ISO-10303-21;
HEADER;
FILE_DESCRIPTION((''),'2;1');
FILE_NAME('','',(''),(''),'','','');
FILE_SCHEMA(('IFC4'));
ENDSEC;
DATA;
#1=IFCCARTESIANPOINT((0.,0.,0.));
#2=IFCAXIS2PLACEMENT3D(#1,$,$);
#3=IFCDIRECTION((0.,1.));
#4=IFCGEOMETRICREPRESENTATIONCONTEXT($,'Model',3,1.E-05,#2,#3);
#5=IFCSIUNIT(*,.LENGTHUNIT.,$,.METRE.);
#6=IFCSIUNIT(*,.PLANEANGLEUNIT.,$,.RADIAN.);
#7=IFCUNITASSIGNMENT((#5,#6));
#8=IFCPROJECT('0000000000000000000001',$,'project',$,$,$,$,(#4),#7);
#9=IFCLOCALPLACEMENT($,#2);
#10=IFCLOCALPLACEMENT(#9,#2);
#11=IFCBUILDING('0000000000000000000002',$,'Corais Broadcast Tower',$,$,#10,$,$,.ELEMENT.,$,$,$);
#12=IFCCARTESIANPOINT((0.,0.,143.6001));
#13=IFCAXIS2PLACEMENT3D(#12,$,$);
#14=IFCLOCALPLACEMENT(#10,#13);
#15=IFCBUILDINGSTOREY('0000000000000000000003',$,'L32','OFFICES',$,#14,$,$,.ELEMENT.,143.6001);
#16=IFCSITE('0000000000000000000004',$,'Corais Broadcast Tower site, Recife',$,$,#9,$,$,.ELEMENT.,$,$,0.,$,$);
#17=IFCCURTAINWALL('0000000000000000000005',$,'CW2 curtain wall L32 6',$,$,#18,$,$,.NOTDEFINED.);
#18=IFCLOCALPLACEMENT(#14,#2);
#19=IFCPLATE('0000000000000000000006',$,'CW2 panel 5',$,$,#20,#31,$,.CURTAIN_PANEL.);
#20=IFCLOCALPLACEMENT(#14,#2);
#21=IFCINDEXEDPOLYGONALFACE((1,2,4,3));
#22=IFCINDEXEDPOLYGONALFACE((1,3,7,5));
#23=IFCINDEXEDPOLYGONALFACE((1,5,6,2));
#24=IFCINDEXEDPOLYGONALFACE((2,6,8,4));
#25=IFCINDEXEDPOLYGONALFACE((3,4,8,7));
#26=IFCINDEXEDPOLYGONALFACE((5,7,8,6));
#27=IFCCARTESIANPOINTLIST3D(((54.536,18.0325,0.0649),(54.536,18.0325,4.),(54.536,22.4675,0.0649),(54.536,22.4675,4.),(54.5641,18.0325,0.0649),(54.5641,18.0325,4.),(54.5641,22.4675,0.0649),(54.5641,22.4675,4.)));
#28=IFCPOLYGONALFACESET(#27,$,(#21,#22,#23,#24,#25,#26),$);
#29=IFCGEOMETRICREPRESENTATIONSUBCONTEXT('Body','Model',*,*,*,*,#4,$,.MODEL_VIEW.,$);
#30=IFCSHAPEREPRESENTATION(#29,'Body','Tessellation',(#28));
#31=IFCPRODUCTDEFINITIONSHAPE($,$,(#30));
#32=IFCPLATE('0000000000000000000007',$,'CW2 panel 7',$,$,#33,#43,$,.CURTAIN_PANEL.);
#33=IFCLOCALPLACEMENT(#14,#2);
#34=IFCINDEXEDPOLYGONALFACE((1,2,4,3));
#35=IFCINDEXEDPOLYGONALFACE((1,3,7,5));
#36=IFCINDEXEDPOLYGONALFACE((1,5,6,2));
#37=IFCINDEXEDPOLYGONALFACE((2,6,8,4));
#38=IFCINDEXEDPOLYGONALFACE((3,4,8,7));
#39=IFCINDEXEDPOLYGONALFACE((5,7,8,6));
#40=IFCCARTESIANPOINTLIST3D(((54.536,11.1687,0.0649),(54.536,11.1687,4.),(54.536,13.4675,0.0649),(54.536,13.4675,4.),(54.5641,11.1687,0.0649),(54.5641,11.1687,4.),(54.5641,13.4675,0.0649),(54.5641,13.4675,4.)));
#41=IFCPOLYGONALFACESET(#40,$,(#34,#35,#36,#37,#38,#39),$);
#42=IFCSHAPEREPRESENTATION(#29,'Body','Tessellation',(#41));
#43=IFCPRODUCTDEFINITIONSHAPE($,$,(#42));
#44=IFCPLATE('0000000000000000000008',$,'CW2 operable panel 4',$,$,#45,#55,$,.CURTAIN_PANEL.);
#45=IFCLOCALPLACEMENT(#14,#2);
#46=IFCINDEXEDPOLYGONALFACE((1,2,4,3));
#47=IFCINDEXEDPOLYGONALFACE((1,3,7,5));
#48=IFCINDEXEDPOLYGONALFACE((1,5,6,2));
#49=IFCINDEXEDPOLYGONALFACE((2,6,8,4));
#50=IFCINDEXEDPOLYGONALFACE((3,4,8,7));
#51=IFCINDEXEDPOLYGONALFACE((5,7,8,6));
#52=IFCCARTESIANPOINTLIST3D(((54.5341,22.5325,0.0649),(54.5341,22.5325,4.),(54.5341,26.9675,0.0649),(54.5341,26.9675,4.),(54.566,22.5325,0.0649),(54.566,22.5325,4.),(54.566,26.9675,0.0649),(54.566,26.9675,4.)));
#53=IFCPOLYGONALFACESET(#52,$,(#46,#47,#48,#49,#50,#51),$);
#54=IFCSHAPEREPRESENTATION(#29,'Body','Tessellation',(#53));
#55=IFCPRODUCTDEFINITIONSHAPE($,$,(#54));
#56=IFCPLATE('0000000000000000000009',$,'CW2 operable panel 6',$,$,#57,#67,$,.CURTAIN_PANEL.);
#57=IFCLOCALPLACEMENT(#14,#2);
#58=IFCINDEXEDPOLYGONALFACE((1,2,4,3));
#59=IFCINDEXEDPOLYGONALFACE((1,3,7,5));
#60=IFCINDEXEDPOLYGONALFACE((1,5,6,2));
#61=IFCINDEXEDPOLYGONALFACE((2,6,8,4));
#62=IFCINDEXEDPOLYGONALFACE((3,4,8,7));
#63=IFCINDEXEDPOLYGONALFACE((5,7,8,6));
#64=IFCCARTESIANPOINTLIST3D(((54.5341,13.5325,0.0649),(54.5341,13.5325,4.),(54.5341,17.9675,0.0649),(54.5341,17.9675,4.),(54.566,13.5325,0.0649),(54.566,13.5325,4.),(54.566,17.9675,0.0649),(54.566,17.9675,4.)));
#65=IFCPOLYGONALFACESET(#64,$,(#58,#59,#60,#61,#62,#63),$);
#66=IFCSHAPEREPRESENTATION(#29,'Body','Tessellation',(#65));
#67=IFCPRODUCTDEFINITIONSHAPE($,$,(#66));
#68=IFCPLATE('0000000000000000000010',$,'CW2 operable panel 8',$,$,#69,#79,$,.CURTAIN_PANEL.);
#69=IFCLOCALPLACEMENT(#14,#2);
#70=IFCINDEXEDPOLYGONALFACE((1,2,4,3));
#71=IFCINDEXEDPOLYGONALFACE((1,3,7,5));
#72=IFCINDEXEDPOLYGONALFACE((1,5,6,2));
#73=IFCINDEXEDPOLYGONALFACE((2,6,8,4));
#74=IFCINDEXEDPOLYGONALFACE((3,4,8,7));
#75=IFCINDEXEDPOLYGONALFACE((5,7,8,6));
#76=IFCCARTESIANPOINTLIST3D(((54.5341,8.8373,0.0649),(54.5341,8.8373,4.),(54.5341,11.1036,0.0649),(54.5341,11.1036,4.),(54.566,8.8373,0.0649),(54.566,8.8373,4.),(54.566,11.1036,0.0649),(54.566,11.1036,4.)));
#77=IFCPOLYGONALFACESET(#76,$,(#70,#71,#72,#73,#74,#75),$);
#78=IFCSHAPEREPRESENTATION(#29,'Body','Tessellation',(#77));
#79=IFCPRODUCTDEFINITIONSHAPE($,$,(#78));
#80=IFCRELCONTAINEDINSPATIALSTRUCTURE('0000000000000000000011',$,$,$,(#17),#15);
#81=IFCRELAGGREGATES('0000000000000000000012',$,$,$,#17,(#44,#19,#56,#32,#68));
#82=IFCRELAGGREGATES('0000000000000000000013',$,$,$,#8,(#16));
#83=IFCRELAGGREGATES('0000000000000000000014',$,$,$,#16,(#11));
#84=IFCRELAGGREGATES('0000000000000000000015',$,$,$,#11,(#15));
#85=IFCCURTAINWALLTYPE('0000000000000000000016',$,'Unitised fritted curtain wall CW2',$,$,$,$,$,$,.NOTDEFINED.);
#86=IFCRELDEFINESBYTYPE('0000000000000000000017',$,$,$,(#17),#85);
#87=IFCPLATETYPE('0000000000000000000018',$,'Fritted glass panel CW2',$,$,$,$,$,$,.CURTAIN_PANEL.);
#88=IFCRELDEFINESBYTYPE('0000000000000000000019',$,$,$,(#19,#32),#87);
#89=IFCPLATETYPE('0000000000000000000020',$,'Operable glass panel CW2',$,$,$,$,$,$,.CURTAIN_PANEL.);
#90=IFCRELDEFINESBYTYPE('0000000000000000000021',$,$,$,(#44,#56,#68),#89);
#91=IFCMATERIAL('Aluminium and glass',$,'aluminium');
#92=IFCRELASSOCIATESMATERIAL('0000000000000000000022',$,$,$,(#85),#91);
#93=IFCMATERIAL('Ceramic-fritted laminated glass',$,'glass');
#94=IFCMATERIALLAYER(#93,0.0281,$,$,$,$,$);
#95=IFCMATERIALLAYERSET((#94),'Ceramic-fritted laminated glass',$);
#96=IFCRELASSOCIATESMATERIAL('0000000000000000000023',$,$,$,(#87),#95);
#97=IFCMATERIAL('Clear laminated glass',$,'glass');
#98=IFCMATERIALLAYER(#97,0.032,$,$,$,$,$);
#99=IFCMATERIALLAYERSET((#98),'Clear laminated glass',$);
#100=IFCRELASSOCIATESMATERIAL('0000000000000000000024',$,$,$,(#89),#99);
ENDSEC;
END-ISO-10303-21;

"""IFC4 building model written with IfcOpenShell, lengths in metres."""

from ifc_helpers import new_model, si_unit, direction, frame, origin, origin_2d, place, context, subcontext, project, spatial, rectangle, extrude, material, layer, layer_set, type_object, element, aggregate, save


model = new_model("IFC4")

# Units and contexts
model_context = context("Model", 3, precision=1e-05, world=origin(), true_north=direction((0.0, 1.0)))
body_context = subcontext(model_context, "Body", "Model", "MODEL_VIEW")
ifc_project = project(units=[si_unit("LENGTHUNIT", "METRE"), si_unit("PLANEANGLEUNIT", "RADIAN")], contexts=[model_context])

# Site, building, storey
site_placement = place(None, origin())
site = spatial("IfcSite", under=ifc_project, at=site_placement, Name="Corais Broadcast Tower site, Recife", CompositionType="ELEMENT", RefElevation=0.0)
building_placement = place(site_placement, origin())
building = spatial("IfcBuilding", under=site, at=building_placement, Name="Corais Broadcast Tower", CompositionType="ELEMENT")
storey_placement = place(building_placement, frame((0.0, 0.0, 143.6001)))
storey = spatial("IfcBuildingStorey", under=building, at=storey_placement, Name="L32", Description="OFFICES", CompositionType="ELEMENT", Elevation=143.6001)

# Curtain wall
ifc_material_1 = material(Name="Aluminium and glass", Category="aluminium")
curtain_wall_type = type_object("IfcCurtainWallType", Name="Unitised fritted curtain wall CW2", PredefinedType="NOTDEFINED", material=ifc_material_1)
curtain_wall_placement = place(storey_placement, origin())
curtain_wall = element("IfcCurtainWall", 1, at=curtain_wall_placement, inside=storey, type_object=curtain_wall_type, Name="CW2 curtain wall L32 6", PredefinedType="NOTDEFINED")

# Plates
ifc_material_2 = material(Name="Ceramic-fritted laminated glass", Category="glass")
ifc_layer_1 = layer(ifc_material_2, 0.0281)
ifc_layer_set_1 = layer_set([ifc_layer_1], Name="Ceramic-fritted laminated glass")
plate_type_1 = type_object("IfcPlateType", Name="Fritted glass panel CW2", PredefinedType="CURTAIN_PANEL", material=ifc_layer_set_1)
plate_1_placement = place(storey_placement, frame((54.55, 20.25, 0.0649), z_axis=(0.0, 0.0, 1.0), x_axis=(0.0, -1.0, 0.0)))
plate_1 = element("IfcPlate", 2, at=plate_1_placement, type_object=plate_type_1, Name="CW2 panel 5", PredefinedType="CURTAIN_PANEL", context=body_context, shape_type="SweptSolid", body=[
    extrude(rectangle(XDim=4.4351, YDim=0.0281, at=origin_2d()), origin(), (0.0, 0.0, 1.0), 3.9351),
])
plate_2_placement = place(storey_placement, frame((54.55, 12.3181, 0.0649), z_axis=(0.0, 0.0, 1.0), x_axis=(0.0, -1.0, 0.0)))
plate_2 = element("IfcPlate", 3, at=plate_2_placement, type_object=plate_type_1, Name="CW2 panel 7", PredefinedType="CURTAIN_PANEL", context=body_context, shape_type="SweptSolid", body=[
    extrude(rectangle(XDim=2.2988, YDim=0.0281, at=origin_2d()), origin(), (0.0, 0.0, 1.0), 3.9351),
])
ifc_material_3 = material(Name="Clear laminated glass", Category="glass")
ifc_layer_2 = layer(ifc_material_3, 0.032)
ifc_layer_set_2 = layer_set([ifc_layer_2], Name="Clear laminated glass")
plate_type_2 = type_object("IfcPlateType", Name="Operable glass panel CW2", PredefinedType="CURTAIN_PANEL", material=ifc_layer_set_2)
plate_3_placement = place(storey_placement, frame((54.55, 24.75, 0.0649), z_axis=(0.0, 0.0, 1.0), x_axis=(0.0, -1.0, 0.0)))
plate_3 = element("IfcPlate", 4, at=plate_3_placement, type_object=plate_type_2, Name="CW2 operable panel 4", PredefinedType="CURTAIN_PANEL", context=body_context, shape_type="SweptSolid", body=[
    extrude(rectangle(XDim=4.4351, YDim=0.032, at=origin_2d()), origin(), (0.0, 0.0, 1.0), 3.9351),
])
plate_4_placement = place(storey_placement, frame((54.55, 15.75, 0.0649), z_axis=(0.0, 0.0, 1.0), x_axis=(0.0, -1.0, 0.0)))
plate_4 = element("IfcPlate", 5, at=plate_4_placement, type_object=plate_type_2, Name="CW2 operable panel 6", PredefinedType="CURTAIN_PANEL", context=body_context, shape_type="SweptSolid", body=[
    extrude(rectangle(XDim=4.4351, YDim=0.032, at=origin_2d()), origin(), (0.0, 0.0, 1.0), 3.9351),
])
plate_5_placement = place(storey_placement, frame((54.55, 9.9705, 0.0649), z_axis=(0.0, 0.0, 1.0), x_axis=(0.0, -1.0, 0.0)))
plate_5 = element("IfcPlate", 6, at=plate_5_placement, type_object=plate_type_2, Name="CW2 operable panel 8", PredefinedType="CURTAIN_PANEL", context=body_context, shape_type="SweptSolid", body=[
    extrude(rectangle(XDim=2.2664, YDim=0.032, at=origin_2d()), origin(), (0.0, 0.0, 1.0), 3.9351),
])
aggregate(curtain_wall, [plate_3, plate_1, plate_4, plate_2, plate_5])

save(model, "model.ifc")
